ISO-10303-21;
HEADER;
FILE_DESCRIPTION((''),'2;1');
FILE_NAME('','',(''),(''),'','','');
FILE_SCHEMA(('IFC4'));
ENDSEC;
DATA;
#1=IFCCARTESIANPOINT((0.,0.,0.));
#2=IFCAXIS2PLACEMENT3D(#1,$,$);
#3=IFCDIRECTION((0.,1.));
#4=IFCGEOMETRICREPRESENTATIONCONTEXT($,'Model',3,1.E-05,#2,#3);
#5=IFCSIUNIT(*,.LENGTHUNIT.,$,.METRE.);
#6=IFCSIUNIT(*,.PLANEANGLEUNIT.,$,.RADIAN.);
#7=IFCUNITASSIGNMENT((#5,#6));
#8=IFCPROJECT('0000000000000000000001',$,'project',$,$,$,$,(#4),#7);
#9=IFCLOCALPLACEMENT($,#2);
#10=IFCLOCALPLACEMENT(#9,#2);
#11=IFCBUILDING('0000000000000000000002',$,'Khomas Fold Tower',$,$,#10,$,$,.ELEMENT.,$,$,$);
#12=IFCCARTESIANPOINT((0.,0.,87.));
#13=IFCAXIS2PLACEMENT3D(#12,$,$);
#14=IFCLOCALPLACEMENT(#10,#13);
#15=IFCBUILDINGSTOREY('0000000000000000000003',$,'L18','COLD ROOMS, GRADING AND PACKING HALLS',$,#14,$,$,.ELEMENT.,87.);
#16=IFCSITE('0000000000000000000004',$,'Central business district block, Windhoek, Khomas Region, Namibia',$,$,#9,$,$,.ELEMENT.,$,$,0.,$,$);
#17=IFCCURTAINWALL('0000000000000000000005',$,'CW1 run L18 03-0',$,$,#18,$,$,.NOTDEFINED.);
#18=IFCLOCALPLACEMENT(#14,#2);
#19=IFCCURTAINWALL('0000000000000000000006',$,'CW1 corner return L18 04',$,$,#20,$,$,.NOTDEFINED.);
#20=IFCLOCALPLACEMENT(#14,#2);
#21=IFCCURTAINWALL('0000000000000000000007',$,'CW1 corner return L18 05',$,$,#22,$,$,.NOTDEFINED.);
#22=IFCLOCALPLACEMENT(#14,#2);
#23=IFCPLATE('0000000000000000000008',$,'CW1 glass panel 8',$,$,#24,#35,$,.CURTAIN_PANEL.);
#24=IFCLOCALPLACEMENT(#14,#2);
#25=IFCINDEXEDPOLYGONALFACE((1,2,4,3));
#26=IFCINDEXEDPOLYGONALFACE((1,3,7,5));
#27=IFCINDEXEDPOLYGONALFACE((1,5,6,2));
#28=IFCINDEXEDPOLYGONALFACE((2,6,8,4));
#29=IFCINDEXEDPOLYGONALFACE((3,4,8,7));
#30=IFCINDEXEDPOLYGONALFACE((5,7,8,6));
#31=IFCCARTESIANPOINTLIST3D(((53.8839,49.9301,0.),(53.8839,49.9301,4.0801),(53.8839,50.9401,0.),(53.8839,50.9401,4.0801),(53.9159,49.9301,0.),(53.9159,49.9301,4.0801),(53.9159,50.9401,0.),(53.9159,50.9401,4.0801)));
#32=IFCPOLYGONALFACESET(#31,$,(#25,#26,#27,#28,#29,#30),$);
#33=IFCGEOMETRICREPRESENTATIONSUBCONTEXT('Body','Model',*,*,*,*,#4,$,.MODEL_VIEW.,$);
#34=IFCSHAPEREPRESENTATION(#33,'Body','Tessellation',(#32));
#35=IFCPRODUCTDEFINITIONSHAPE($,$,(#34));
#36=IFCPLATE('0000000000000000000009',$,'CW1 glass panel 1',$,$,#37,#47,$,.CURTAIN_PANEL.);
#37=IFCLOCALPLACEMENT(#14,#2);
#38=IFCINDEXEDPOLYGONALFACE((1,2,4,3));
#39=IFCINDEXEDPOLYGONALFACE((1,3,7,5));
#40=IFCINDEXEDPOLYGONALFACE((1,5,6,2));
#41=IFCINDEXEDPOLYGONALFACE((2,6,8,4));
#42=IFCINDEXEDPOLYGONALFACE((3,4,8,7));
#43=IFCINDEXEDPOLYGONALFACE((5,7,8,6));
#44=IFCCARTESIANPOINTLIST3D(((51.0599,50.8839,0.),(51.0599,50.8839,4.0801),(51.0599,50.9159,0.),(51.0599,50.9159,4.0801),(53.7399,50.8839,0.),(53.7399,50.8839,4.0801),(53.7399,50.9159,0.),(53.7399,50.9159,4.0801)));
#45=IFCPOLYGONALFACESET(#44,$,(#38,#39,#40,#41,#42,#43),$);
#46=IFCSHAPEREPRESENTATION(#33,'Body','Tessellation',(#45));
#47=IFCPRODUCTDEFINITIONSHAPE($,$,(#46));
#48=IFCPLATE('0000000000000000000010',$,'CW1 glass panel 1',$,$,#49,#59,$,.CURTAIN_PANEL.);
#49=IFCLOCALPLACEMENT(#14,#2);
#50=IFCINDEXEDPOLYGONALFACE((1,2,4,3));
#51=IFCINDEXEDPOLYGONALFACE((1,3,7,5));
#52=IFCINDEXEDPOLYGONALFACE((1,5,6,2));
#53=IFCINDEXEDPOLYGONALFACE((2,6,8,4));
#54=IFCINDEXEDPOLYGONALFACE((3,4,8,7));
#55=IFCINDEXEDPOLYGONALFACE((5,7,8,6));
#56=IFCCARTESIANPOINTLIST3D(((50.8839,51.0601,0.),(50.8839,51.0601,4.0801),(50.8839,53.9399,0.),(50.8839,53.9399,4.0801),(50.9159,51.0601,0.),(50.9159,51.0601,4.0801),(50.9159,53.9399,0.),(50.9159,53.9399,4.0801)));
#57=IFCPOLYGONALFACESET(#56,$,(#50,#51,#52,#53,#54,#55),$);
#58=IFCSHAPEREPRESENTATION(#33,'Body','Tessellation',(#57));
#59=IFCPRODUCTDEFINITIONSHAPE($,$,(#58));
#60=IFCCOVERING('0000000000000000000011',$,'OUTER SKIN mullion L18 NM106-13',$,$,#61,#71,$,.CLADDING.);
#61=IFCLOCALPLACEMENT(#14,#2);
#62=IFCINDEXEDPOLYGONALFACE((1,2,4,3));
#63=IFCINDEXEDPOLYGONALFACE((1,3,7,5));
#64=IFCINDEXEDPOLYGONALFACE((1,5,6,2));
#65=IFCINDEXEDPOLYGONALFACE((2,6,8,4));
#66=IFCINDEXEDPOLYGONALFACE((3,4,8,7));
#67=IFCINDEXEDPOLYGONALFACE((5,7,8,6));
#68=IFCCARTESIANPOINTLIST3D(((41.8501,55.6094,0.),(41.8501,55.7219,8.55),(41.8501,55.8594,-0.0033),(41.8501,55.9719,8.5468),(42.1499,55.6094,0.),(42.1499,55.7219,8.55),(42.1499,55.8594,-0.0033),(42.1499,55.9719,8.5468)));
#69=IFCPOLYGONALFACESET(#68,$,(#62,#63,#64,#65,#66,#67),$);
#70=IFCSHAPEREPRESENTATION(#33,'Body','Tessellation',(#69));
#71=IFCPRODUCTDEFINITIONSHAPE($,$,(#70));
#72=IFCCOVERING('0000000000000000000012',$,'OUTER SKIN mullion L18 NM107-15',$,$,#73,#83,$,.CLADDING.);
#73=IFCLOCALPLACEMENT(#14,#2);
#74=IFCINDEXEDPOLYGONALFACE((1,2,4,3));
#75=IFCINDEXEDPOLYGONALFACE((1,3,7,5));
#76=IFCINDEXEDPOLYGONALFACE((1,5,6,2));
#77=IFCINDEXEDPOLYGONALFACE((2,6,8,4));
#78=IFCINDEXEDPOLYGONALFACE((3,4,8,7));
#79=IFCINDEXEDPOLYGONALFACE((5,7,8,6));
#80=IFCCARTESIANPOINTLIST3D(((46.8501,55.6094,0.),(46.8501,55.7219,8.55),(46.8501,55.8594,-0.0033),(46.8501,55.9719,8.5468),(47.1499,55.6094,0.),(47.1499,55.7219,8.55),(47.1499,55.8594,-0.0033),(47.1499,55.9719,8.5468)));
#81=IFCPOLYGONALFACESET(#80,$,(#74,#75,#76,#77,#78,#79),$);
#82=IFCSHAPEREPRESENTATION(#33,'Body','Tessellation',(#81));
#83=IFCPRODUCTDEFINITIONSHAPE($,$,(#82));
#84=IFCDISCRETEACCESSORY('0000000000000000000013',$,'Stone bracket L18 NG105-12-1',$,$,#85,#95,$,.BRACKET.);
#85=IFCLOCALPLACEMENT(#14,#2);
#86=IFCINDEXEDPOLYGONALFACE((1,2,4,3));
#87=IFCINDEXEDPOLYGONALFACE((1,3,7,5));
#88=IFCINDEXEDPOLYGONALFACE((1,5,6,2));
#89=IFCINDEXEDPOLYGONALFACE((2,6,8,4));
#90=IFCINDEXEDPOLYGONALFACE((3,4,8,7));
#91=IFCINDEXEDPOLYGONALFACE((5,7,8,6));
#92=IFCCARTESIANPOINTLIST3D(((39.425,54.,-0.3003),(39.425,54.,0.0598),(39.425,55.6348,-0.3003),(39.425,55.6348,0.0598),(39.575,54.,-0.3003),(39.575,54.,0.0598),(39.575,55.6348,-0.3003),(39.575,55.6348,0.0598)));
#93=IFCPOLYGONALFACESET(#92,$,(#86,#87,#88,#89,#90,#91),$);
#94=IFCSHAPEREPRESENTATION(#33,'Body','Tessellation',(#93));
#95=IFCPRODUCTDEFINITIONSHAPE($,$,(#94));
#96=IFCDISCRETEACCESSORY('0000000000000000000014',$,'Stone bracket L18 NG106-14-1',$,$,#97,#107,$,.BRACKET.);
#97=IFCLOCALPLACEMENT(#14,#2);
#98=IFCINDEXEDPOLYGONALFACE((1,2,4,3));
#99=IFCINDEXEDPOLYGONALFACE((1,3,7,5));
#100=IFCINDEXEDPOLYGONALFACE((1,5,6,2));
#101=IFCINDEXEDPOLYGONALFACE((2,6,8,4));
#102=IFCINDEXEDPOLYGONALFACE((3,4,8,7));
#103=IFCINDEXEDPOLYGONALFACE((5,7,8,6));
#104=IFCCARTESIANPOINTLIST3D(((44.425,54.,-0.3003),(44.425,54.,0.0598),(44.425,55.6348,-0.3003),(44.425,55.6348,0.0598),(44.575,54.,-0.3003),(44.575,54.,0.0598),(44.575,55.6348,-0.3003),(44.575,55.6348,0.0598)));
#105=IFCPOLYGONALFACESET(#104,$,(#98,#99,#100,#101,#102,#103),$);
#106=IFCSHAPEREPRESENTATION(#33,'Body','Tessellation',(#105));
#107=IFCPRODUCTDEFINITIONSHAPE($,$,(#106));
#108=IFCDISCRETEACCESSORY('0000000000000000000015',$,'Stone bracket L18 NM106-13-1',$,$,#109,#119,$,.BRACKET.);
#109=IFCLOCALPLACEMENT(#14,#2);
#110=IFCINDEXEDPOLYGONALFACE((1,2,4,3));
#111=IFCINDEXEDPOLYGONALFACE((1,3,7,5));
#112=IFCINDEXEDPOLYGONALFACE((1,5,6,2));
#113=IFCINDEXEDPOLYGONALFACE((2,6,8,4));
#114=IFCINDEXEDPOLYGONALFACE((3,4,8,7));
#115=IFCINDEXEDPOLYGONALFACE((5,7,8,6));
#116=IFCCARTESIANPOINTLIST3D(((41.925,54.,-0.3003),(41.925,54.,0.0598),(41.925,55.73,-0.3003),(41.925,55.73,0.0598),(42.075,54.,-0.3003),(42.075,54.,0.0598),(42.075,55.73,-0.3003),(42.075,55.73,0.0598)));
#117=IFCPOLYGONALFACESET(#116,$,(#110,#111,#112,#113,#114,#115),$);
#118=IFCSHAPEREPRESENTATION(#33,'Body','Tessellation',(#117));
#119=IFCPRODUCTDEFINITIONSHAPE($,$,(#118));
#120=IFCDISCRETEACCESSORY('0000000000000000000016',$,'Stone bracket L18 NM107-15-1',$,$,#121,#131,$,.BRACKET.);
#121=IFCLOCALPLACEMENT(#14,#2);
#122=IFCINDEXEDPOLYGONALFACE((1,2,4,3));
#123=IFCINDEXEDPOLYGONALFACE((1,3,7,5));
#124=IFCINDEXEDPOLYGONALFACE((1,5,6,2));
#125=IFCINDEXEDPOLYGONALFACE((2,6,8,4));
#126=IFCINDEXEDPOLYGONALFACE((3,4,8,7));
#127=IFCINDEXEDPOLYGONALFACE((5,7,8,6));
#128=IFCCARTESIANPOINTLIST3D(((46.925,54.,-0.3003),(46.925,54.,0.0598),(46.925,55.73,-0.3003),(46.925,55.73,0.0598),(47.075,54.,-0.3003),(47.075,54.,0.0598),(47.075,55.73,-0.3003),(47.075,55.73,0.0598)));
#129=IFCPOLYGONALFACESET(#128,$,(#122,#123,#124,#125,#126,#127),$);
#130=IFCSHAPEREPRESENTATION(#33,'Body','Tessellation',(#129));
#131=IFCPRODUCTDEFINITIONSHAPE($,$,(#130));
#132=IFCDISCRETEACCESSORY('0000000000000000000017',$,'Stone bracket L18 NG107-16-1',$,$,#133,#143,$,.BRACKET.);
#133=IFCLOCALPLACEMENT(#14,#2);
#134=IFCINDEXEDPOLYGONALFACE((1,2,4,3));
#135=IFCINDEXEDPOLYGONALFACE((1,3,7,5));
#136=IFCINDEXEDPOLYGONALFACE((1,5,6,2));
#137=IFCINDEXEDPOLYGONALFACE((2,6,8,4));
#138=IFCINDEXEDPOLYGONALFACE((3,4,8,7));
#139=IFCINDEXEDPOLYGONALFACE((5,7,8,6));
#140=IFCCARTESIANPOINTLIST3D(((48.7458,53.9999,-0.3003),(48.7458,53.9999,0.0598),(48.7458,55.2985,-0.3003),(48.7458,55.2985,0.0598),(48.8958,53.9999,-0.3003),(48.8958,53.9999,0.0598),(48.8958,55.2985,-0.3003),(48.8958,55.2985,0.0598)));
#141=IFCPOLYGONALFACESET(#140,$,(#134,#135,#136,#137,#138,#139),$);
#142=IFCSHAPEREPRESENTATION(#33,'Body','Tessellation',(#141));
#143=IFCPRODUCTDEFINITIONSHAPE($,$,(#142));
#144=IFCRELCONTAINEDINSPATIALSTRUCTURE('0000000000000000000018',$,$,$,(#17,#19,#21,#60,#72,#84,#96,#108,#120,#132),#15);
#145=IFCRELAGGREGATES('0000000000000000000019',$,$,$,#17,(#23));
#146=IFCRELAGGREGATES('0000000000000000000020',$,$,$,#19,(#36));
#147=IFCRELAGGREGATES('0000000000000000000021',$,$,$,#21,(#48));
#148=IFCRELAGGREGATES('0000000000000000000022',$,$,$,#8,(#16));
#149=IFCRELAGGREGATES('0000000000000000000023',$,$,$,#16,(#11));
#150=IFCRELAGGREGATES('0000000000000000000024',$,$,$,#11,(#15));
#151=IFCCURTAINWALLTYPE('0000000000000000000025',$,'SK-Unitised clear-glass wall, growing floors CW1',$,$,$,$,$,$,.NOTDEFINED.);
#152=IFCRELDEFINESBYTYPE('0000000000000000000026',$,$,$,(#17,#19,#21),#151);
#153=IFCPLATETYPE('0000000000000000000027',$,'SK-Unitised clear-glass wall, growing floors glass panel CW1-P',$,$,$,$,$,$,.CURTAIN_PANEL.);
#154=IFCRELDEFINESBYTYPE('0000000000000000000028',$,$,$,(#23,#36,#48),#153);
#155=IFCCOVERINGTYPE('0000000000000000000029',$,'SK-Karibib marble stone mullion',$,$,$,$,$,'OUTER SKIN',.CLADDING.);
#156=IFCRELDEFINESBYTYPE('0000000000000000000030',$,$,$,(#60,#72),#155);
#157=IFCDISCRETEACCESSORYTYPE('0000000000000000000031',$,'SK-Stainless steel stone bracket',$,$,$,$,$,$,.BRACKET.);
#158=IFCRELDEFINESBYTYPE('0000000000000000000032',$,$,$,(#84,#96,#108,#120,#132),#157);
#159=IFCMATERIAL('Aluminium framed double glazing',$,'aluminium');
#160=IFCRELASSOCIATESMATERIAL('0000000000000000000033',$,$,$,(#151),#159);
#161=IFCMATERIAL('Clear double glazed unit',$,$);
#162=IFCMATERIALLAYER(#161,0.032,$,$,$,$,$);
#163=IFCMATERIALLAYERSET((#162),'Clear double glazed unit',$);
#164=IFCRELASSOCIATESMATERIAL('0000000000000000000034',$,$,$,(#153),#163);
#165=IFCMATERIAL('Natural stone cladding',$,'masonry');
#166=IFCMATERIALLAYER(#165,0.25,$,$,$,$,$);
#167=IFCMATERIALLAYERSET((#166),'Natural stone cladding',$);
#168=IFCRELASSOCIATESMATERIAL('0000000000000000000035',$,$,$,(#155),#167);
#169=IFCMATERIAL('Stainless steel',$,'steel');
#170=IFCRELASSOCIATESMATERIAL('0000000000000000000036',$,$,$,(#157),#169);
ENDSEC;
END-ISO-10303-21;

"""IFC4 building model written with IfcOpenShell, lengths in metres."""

from ifc_helpers import new_model, si_unit, direction, frame, origin, origin_2d, place, context, subcontext, project, spatial, polyline, rectangle, outline, extrude, source, transform, mapped, material, layer, layer_set, type_object, element, aggregate, save


model = new_model("IFC4")

# Units and contexts
model_context = context("Model", 3, precision=1e-05, world=origin(), true_north=direction((0.0, 1.0)))
body_context = subcontext(model_context, "Body", "Model", "MODEL_VIEW")
ifc_project = project(units=[si_unit("LENGTHUNIT", "METRE"), si_unit("PLANEANGLEUNIT", "RADIAN")], contexts=[model_context])

# Site, building, storey
site_placement = place(None, origin())
site = spatial("IfcSite", under=ifc_project, at=site_placement, Name="Central business district block, Windhoek, Khomas Region, Namibia", CompositionType="ELEMENT", RefElevation=0.0)
building_placement = place(site_placement, origin())
building = spatial("IfcBuilding", under=site, at=building_placement, Name="Khomas Fold Tower", CompositionType="ELEMENT")
storey_placement = place(building_placement, frame((0.0, 0.0, 87.0)))
storey = spatial("IfcBuildingStorey", under=building, at=storey_placement, Name="L18", Description="COLD ROOMS, GRADING AND PACKING HALLS", CompositionType="ELEMENT", Elevation=87.0)

# Shared definitions
ifc_material_1 = material(Name="Aluminium framed double glazing", Category="aluminium")
curtain_wall_type = type_object("IfcCurtainWallType", Name="SK-Unitised clear-glass wall, growing floors CW1", PredefinedType="NOTDEFINED", material=ifc_material_1)

# Curtain walls
curtain_wall_1_placement = place(storey_placement, origin())
curtain_wall_1 = element("IfcCurtainWall", 1, at=curtain_wall_1_placement, inside=storey, type_object=curtain_wall_type, Name="CW1 run L18 03-0", PredefinedType="NOTDEFINED")
curtain_wall_2_placement = place(storey_placement, origin())
curtain_wall_2 = element("IfcCurtainWall", 2, at=curtain_wall_2_placement, inside=storey, type_object=curtain_wall_type, Name="CW1 corner return L18 04", PredefinedType="NOTDEFINED")
curtain_wall_3_placement = place(storey_placement, origin())
curtain_wall_3 = element("IfcCurtainWall", 3, at=curtain_wall_3_placement, inside=storey, type_object=curtain_wall_type, Name="CW1 corner return L18 05", PredefinedType="NOTDEFINED")

# Plates
ifc_material_2 = material(Name="Clear double glazed unit")
ifc_layer_1 = layer(ifc_material_2, 0.032)
ifc_layer_set_1 = layer_set([ifc_layer_1], Name="Clear double glazed unit")
plate_type_1 = type_object("IfcPlateType", Name="SK-Unitised clear-glass wall, growing floors glass panel CW1-P", PredefinedType="CURTAIN_PANEL", material=ifc_layer_set_1)
shared_shape_1 = source(origin(), body_context, "Body", "SweptSolid", [
    extrude(rectangle(XDim=1.01, YDim=0.032, at=origin_2d()), origin(), (0.0, 0.0, 1.0), 4.0801),
])
plate_1_placement = place(storey_placement, frame((53.8999, 50.4351, 0.0), z_axis=(0.0, 0.0, 1.0), x_axis=(0.0, 1.0, 0.0)))
plate_1 = element("IfcPlate", 4, at=plate_1_placement, type_object=plate_type_1, Name="CW1 glass panel 8", PredefinedType="CURTAIN_PANEL", context=body_context, shape_type="MappedRepresentation", body=[
    mapped(shared_shape_1, transform((0.0, 0.0, 0.0))),
])
aggregate(curtain_wall_1, [plate_1])
shared_shape_2 = source(origin(), body_context, "Body", "SweptSolid", [
    extrude(rectangle(XDim=2.6799, YDim=0.032, at=origin_2d()), origin(), (0.0, 0.0, 1.0), 4.0801),
])
plate_2_placement = place(storey_placement, frame((52.3999, 50.8999, 0.0), z_axis=(0.0, 0.0, 1.0), x_axis=(-1.0, 0.0, 0.0)))
plate_2 = element("IfcPlate", 5, at=plate_2_placement, type_object=plate_type_1, Name="CW1 glass panel 1", PredefinedType="CURTAIN_PANEL", context=body_context, shape_type="MappedRepresentation", body=[
    mapped(shared_shape_2, transform((0.0, 0.0, 0.0))),
])
aggregate(curtain_wall_2, [plate_2])
shared_shape_3 = source(origin(), body_context, "Body", "SweptSolid", [
    extrude(rectangle(XDim=2.8799, YDim=0.032, at=origin_2d()), origin(), (0.0, 0.0, 1.0), 4.0801),
])
plate_3_placement = place(storey_placement, frame((50.8999, 52.5, 0.0), z_axis=(0.0, 0.0, 1.0), x_axis=(0.0, 1.0, 0.0)))
plate_3 = element("IfcPlate", 6, at=plate_3_placement, type_object=plate_type_1, Name="CW1 glass panel 1", PredefinedType="CURTAIN_PANEL", context=body_context, shape_type="MappedRepresentation", body=[
    mapped(shared_shape_3, transform((0.0, 0.0, 0.0))),
])
aggregate(curtain_wall_3, [plate_3])

# Coverings
ifc_material_3 = material(Name="Natural stone cladding", Category="masonry")
ifc_layer_2 = layer(ifc_material_3, 0.25)
ifc_layer_set_2 = layer_set([ifc_layer_2], Name="Natural stone cladding")
covering_type = type_object("IfcCoveringType", Name="SK-Karibib marble stone mullion", ElementType="OUTER SKIN", PredefinedType="CLADDING", material=ifc_layer_set_2)
for number, where, z_axis, x_axis, name in (
    (7, (42.1499, 55.7219, 8.55), (0.0, -0.999913, 0.013162), (0.0, -0.013162, -0.999913), "OUTER SKIN mullion L18 NM106-13"),
    (8, (47.1499, 55.7219, 8.55), (0.0, -0.999913, 0.013162), (0.0, -0.013162, -0.999913), "OUTER SKIN mullion L18 NM107-15"),
):
    element("IfcCovering", number, at=place(storey_placement, frame(where, z_axis=z_axis, x_axis=x_axis)), inside=storey, type_object=covering_type, Name=name, PredefinedType="CLADDING", context=body_context, shape_type="SweptSolid", body=[
        extrude(outline(polyline([(0.0, 0.0), (8.5508, 0.0), (8.5508, -0.2998), (0.0, -0.2998), (0.0, 0.0)])), origin(), (0.0, 0.0, -1.0), 0.25),
    ])

# Discrete accessories
ifc_material_4 = material(Name="Stainless steel", Category="steel")
discrete_accessory_type = type_object("IfcDiscreteAccessoryType", Name="SK-Stainless steel stone bracket", PredefinedType="BRACKET", material=ifc_material_4)
shared_shape_4 = source(origin(), body_context, "Body", "SweptSolid", [
    extrude(rectangle(XDim=1.6348, YDim=0.1499, at=origin_2d()), origin(), (0.0, 0.0, 1.0), 0.3601),
])
for number, where, z_axis, x_axis, name in (
    (9, (39.5, 54.8174, -0.3003), (0.0, 0.0, 1.0), (0.0, 1.0, 0.0), "Stone bracket L18 NG105-12-1"),
    (10, (44.5, 54.8174, -0.3003), (0.0, 0.0, 1.0), (0.0, 1.0, 0.0), "Stone bracket L18 NG106-14-1"),
):
    element("IfcDiscreteAccessory", number, at=place(storey_placement, frame(where, z_axis=z_axis, x_axis=x_axis)), inside=storey, type_object=discrete_accessory_type, Name=name, PredefinedType="BRACKET", context=body_context, shape_type="MappedRepresentation", body=[
        mapped(shared_shape_4, transform((0.0, 0.0, 0.0))),
    ])
shared_shape_5 = source(origin(), body_context, "Body", "SweptSolid", [
    extrude(rectangle(XDim=1.73, YDim=0.1499, at=origin_2d()), origin(), (0.0, 0.0, 1.0), 0.3601),
])
for number, where, z_axis, x_axis, name in (
    (11, (42.0, 54.865, -0.3003), (0.0, 0.0, 1.0), (0.0, 1.0, 0.0), "Stone bracket L18 NM106-13-1"),
    (12, (47.0, 54.865, -0.3003), (0.0, 0.0, 1.0), (0.0, 1.0, 0.0), "Stone bracket L18 NM107-15-1"),
):
    element("IfcDiscreteAccessory", number, at=place(storey_placement, frame(where, z_axis=z_axis, x_axis=x_axis)), inside=storey, type_object=discrete_accessory_type, Name=name, PredefinedType="BRACKET", context=body_context, shape_type="MappedRepresentation", body=[
        mapped(shared_shape_5, transform((0.0, 0.0, 0.0))),
    ])
shared_shape_6 = source(origin(), body_context, "Body", "SweptSolid", [
    extrude(rectangle(XDim=1.2986, YDim=0.1499, at=origin_2d()), origin(), (0.0, 0.0, 1.0), 0.3601),
])
discrete_accessory_placement = place(storey_placement, frame((48.8208, 54.6492, -0.3003), z_axis=(0.0, 0.0, 1.0), x_axis=(0.0, 1.0, 0.0)))
element("IfcDiscreteAccessory", 13, at=discrete_accessory_placement, inside=storey, type_object=discrete_accessory_type, Name="Stone bracket L18 NG107-16-1", PredefinedType="BRACKET", context=body_context, shape_type="MappedRepresentation", body=[
    mapped(shared_shape_6, transform((0.0, 0.0, 0.0))),
])

save(model, "model.ifc")
